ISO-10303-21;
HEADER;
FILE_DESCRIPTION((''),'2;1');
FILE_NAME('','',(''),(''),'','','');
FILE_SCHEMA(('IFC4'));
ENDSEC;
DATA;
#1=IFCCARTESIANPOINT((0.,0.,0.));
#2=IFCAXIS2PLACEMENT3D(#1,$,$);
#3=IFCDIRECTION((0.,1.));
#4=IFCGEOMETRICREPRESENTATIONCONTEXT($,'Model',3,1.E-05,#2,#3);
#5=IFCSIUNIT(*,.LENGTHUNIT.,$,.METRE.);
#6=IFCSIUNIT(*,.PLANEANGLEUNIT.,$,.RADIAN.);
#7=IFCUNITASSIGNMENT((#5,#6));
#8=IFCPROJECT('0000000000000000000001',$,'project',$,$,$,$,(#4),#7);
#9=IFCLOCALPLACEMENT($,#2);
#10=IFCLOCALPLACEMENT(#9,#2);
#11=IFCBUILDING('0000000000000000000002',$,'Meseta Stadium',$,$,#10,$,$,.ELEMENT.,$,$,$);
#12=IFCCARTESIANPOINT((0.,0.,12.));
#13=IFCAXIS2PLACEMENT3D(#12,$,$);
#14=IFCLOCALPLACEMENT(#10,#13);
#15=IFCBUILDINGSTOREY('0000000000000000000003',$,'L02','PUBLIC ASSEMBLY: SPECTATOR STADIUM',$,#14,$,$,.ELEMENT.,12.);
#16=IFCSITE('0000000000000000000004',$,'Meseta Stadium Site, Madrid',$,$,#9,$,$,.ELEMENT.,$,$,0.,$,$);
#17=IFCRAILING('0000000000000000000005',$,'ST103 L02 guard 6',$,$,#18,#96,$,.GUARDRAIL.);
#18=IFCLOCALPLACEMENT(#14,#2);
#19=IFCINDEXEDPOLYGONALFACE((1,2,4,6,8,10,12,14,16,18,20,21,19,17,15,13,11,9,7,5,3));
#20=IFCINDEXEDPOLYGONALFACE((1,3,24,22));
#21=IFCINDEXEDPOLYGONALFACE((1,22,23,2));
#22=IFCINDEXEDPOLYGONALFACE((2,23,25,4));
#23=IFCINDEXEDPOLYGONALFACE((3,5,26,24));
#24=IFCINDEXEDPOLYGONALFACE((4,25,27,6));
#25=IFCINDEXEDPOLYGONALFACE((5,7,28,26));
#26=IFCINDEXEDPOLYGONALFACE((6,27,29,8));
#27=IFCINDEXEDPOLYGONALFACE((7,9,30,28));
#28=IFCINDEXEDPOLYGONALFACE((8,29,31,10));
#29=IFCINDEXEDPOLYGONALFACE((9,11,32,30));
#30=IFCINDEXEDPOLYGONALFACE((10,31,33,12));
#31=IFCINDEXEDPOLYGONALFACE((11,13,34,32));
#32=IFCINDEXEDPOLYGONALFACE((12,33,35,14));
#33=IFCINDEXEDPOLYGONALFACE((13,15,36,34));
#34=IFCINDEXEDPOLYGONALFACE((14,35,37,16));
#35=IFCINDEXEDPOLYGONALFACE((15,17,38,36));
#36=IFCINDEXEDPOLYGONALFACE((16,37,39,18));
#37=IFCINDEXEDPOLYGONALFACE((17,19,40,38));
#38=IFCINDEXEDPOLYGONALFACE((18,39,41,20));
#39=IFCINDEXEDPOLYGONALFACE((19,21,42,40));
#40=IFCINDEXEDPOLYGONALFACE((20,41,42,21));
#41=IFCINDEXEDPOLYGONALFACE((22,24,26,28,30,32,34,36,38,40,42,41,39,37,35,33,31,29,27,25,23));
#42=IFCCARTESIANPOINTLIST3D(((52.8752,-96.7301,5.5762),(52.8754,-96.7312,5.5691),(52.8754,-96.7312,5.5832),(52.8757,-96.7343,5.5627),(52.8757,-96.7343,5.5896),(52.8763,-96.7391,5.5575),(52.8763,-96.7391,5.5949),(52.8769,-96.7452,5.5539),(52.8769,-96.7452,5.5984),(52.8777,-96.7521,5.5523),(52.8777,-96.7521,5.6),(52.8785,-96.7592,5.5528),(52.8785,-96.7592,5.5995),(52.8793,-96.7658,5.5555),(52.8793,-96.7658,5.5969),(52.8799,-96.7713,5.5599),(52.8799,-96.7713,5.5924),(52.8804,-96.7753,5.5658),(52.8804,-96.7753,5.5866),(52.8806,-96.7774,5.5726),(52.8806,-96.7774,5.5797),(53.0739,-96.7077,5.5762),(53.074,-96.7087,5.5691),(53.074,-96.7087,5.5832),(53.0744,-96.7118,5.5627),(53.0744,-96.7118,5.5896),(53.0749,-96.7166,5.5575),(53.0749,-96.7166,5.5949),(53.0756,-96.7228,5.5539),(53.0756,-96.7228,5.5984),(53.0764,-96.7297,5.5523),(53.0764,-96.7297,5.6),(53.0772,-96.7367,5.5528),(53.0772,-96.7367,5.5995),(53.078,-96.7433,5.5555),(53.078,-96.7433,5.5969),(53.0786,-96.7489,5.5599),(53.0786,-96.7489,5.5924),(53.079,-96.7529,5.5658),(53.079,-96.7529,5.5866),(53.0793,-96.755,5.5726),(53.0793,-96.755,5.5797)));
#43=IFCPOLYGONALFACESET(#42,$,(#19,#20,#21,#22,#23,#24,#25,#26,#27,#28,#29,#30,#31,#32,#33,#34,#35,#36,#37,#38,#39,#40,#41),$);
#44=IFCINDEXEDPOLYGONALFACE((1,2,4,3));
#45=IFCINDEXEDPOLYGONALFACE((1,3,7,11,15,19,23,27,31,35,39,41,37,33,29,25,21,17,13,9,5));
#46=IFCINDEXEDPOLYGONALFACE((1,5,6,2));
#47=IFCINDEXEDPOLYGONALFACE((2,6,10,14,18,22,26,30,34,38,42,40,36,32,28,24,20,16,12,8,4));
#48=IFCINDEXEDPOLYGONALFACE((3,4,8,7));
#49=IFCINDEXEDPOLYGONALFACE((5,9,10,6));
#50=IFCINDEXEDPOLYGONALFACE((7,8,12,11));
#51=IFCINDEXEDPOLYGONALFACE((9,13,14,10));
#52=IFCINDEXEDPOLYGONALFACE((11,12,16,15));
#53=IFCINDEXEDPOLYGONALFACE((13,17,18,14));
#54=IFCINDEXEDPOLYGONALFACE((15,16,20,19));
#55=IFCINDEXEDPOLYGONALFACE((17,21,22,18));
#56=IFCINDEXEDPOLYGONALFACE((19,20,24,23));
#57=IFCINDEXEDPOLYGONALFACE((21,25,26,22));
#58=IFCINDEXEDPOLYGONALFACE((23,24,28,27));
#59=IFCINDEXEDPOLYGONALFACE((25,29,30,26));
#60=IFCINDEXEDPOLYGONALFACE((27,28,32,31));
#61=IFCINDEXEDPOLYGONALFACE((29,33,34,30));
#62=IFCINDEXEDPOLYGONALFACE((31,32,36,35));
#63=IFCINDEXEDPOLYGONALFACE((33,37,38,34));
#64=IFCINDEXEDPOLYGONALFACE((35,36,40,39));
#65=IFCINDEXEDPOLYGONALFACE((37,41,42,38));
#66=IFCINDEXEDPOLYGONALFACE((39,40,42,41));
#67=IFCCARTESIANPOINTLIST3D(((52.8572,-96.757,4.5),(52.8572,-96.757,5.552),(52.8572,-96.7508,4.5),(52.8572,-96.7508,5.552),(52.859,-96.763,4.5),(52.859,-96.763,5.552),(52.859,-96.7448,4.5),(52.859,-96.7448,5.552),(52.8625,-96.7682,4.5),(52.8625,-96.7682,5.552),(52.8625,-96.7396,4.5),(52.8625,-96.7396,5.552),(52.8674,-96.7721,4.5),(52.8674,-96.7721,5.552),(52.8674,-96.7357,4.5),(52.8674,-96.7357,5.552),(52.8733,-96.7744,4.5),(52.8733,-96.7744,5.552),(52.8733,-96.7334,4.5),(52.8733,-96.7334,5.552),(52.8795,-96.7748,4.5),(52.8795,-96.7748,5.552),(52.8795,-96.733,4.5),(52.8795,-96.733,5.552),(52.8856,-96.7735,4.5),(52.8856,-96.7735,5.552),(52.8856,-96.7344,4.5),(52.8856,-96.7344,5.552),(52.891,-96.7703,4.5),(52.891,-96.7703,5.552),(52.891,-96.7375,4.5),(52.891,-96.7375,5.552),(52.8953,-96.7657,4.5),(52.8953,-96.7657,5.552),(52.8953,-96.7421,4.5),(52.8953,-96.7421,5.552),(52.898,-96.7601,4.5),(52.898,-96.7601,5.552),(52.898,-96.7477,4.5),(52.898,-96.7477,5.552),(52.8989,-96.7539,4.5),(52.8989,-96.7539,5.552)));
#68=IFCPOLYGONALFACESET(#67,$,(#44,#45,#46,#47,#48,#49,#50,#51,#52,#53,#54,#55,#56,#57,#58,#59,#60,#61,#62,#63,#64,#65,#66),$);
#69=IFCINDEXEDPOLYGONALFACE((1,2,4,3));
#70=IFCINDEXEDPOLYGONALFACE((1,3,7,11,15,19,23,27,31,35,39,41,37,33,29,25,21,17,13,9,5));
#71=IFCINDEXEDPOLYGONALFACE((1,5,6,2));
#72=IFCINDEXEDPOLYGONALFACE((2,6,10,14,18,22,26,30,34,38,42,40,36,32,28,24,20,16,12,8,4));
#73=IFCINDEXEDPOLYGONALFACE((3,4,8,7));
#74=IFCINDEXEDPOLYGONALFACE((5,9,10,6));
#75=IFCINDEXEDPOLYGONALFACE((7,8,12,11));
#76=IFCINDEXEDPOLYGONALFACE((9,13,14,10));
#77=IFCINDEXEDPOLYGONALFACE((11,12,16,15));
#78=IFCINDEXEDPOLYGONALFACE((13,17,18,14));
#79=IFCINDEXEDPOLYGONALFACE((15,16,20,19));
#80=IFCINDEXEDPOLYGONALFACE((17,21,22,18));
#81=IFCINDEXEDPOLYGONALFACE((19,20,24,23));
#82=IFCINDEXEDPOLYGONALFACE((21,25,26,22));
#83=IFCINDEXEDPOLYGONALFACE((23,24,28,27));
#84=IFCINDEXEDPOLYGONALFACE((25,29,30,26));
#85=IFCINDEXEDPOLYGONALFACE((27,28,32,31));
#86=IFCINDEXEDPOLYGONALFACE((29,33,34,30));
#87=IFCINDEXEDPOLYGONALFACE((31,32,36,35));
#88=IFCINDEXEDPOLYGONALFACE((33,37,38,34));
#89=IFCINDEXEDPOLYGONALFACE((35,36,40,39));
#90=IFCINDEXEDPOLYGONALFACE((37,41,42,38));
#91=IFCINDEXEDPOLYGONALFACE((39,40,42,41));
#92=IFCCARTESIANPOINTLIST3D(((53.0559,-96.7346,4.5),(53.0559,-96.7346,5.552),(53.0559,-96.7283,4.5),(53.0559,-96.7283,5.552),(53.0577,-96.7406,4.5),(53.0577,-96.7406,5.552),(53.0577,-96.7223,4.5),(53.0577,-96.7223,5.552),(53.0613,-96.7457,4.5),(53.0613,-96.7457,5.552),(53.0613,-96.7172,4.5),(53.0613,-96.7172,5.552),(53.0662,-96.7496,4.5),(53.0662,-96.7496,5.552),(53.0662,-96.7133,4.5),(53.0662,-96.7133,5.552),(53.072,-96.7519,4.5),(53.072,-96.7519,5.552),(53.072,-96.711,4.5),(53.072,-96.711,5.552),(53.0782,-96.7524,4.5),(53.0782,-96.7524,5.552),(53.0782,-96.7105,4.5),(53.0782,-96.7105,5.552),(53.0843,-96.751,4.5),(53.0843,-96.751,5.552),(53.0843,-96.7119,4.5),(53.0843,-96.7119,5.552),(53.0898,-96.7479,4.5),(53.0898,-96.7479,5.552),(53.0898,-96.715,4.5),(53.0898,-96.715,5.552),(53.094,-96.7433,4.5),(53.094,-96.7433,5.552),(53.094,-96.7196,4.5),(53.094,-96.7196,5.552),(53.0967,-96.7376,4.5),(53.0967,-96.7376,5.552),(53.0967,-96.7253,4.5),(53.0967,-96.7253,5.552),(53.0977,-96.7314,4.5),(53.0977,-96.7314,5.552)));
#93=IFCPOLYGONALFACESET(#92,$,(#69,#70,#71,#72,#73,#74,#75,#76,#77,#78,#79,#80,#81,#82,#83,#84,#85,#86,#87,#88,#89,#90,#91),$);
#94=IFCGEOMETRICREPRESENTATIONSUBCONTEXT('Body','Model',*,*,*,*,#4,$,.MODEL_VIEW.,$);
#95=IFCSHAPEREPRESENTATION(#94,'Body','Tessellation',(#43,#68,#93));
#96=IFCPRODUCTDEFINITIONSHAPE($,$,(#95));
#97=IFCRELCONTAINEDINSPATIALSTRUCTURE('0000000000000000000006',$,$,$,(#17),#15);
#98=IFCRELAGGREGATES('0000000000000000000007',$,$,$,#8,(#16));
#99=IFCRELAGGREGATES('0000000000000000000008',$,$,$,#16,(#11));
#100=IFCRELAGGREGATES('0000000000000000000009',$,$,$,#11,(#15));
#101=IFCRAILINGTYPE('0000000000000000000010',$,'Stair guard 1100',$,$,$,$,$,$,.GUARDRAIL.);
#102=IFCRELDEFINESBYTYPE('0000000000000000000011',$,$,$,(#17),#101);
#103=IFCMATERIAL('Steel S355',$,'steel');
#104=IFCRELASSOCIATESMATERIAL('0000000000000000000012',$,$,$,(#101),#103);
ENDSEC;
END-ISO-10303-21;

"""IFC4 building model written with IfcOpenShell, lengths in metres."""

from ifc_helpers import new_model, si_unit, direction, frame, origin, origin_2d, place, context, subcontext, project, spatial, circle, extrude, material, type_object, element, save


model = new_model("IFC4")

# Units and contexts
model_context = context("Model", 3, precision=1e-05, world=origin(), true_north=direction((0.0, 1.0)))
body_context = subcontext(model_context, "Body", "Model", "MODEL_VIEW")
ifc_project = project(units=[si_unit("LENGTHUNIT", "METRE"), si_unit("PLANEANGLEUNIT", "RADIAN")], contexts=[model_context])

# Site, building, storey
site_placement = place(None, origin())
site = spatial("IfcSite", under=ifc_project, at=site_placement, Name="Meseta Stadium Site, Madrid", CompositionType="ELEMENT", RefElevation=0.0)
building_placement = place(site_placement, origin())
building = spatial("IfcBuilding", under=site, at=building_placement, Name="Meseta Stadium", CompositionType="ELEMENT")
storey_placement = place(building_placement, frame((0.0, 0.0, 12.0)))
storey = spatial("IfcBuildingStorey", under=building, at=storey_placement, Name="L02", Description="PUBLIC ASSEMBLY: SPECTATOR STADIUM", CompositionType="ELEMENT", Elevation=12.0)

# Railing
ifc_material_1 = material(Name="Steel S355", Category="steel")
railing_type_1 = type_object("IfcRailingType", Name="Stair guard 1100", PredefinedType="GUARDRAIL", material=ifc_material_1)
railing_1_placement = place(storey_placement, frame((52.8779, -96.7539, 4.5)))
element("IfcRailing", 1, at=railing_1_placement, inside=storey, type_object=railing_type_1, Name="ST103 L02 guard 6", PredefinedType="GUARDRAIL", context=body_context, shape_type="SweptSolid", body=[
    extrude(circle(Radius=0.0239, at=origin_2d()), frame((0.0, 0.0, 1.0762), z_axis=(0.993674, 0.112307, 0.0), x_axis=(-0.112307, 0.993674, 0.0)), (0.0, 0.0, 1.0), 0.2),
    extrude(circle(Radius=0.021, at=origin_2d()), origin(), (0.0, 0.0, 1.0), 1.052),
    extrude(circle(Radius=0.021, at=origin_2d()), frame((0.1987, 0.0225, 0.0)), (0.0, 0.0, 1.0), 1.052),
])

save(model, "model.ifc")
